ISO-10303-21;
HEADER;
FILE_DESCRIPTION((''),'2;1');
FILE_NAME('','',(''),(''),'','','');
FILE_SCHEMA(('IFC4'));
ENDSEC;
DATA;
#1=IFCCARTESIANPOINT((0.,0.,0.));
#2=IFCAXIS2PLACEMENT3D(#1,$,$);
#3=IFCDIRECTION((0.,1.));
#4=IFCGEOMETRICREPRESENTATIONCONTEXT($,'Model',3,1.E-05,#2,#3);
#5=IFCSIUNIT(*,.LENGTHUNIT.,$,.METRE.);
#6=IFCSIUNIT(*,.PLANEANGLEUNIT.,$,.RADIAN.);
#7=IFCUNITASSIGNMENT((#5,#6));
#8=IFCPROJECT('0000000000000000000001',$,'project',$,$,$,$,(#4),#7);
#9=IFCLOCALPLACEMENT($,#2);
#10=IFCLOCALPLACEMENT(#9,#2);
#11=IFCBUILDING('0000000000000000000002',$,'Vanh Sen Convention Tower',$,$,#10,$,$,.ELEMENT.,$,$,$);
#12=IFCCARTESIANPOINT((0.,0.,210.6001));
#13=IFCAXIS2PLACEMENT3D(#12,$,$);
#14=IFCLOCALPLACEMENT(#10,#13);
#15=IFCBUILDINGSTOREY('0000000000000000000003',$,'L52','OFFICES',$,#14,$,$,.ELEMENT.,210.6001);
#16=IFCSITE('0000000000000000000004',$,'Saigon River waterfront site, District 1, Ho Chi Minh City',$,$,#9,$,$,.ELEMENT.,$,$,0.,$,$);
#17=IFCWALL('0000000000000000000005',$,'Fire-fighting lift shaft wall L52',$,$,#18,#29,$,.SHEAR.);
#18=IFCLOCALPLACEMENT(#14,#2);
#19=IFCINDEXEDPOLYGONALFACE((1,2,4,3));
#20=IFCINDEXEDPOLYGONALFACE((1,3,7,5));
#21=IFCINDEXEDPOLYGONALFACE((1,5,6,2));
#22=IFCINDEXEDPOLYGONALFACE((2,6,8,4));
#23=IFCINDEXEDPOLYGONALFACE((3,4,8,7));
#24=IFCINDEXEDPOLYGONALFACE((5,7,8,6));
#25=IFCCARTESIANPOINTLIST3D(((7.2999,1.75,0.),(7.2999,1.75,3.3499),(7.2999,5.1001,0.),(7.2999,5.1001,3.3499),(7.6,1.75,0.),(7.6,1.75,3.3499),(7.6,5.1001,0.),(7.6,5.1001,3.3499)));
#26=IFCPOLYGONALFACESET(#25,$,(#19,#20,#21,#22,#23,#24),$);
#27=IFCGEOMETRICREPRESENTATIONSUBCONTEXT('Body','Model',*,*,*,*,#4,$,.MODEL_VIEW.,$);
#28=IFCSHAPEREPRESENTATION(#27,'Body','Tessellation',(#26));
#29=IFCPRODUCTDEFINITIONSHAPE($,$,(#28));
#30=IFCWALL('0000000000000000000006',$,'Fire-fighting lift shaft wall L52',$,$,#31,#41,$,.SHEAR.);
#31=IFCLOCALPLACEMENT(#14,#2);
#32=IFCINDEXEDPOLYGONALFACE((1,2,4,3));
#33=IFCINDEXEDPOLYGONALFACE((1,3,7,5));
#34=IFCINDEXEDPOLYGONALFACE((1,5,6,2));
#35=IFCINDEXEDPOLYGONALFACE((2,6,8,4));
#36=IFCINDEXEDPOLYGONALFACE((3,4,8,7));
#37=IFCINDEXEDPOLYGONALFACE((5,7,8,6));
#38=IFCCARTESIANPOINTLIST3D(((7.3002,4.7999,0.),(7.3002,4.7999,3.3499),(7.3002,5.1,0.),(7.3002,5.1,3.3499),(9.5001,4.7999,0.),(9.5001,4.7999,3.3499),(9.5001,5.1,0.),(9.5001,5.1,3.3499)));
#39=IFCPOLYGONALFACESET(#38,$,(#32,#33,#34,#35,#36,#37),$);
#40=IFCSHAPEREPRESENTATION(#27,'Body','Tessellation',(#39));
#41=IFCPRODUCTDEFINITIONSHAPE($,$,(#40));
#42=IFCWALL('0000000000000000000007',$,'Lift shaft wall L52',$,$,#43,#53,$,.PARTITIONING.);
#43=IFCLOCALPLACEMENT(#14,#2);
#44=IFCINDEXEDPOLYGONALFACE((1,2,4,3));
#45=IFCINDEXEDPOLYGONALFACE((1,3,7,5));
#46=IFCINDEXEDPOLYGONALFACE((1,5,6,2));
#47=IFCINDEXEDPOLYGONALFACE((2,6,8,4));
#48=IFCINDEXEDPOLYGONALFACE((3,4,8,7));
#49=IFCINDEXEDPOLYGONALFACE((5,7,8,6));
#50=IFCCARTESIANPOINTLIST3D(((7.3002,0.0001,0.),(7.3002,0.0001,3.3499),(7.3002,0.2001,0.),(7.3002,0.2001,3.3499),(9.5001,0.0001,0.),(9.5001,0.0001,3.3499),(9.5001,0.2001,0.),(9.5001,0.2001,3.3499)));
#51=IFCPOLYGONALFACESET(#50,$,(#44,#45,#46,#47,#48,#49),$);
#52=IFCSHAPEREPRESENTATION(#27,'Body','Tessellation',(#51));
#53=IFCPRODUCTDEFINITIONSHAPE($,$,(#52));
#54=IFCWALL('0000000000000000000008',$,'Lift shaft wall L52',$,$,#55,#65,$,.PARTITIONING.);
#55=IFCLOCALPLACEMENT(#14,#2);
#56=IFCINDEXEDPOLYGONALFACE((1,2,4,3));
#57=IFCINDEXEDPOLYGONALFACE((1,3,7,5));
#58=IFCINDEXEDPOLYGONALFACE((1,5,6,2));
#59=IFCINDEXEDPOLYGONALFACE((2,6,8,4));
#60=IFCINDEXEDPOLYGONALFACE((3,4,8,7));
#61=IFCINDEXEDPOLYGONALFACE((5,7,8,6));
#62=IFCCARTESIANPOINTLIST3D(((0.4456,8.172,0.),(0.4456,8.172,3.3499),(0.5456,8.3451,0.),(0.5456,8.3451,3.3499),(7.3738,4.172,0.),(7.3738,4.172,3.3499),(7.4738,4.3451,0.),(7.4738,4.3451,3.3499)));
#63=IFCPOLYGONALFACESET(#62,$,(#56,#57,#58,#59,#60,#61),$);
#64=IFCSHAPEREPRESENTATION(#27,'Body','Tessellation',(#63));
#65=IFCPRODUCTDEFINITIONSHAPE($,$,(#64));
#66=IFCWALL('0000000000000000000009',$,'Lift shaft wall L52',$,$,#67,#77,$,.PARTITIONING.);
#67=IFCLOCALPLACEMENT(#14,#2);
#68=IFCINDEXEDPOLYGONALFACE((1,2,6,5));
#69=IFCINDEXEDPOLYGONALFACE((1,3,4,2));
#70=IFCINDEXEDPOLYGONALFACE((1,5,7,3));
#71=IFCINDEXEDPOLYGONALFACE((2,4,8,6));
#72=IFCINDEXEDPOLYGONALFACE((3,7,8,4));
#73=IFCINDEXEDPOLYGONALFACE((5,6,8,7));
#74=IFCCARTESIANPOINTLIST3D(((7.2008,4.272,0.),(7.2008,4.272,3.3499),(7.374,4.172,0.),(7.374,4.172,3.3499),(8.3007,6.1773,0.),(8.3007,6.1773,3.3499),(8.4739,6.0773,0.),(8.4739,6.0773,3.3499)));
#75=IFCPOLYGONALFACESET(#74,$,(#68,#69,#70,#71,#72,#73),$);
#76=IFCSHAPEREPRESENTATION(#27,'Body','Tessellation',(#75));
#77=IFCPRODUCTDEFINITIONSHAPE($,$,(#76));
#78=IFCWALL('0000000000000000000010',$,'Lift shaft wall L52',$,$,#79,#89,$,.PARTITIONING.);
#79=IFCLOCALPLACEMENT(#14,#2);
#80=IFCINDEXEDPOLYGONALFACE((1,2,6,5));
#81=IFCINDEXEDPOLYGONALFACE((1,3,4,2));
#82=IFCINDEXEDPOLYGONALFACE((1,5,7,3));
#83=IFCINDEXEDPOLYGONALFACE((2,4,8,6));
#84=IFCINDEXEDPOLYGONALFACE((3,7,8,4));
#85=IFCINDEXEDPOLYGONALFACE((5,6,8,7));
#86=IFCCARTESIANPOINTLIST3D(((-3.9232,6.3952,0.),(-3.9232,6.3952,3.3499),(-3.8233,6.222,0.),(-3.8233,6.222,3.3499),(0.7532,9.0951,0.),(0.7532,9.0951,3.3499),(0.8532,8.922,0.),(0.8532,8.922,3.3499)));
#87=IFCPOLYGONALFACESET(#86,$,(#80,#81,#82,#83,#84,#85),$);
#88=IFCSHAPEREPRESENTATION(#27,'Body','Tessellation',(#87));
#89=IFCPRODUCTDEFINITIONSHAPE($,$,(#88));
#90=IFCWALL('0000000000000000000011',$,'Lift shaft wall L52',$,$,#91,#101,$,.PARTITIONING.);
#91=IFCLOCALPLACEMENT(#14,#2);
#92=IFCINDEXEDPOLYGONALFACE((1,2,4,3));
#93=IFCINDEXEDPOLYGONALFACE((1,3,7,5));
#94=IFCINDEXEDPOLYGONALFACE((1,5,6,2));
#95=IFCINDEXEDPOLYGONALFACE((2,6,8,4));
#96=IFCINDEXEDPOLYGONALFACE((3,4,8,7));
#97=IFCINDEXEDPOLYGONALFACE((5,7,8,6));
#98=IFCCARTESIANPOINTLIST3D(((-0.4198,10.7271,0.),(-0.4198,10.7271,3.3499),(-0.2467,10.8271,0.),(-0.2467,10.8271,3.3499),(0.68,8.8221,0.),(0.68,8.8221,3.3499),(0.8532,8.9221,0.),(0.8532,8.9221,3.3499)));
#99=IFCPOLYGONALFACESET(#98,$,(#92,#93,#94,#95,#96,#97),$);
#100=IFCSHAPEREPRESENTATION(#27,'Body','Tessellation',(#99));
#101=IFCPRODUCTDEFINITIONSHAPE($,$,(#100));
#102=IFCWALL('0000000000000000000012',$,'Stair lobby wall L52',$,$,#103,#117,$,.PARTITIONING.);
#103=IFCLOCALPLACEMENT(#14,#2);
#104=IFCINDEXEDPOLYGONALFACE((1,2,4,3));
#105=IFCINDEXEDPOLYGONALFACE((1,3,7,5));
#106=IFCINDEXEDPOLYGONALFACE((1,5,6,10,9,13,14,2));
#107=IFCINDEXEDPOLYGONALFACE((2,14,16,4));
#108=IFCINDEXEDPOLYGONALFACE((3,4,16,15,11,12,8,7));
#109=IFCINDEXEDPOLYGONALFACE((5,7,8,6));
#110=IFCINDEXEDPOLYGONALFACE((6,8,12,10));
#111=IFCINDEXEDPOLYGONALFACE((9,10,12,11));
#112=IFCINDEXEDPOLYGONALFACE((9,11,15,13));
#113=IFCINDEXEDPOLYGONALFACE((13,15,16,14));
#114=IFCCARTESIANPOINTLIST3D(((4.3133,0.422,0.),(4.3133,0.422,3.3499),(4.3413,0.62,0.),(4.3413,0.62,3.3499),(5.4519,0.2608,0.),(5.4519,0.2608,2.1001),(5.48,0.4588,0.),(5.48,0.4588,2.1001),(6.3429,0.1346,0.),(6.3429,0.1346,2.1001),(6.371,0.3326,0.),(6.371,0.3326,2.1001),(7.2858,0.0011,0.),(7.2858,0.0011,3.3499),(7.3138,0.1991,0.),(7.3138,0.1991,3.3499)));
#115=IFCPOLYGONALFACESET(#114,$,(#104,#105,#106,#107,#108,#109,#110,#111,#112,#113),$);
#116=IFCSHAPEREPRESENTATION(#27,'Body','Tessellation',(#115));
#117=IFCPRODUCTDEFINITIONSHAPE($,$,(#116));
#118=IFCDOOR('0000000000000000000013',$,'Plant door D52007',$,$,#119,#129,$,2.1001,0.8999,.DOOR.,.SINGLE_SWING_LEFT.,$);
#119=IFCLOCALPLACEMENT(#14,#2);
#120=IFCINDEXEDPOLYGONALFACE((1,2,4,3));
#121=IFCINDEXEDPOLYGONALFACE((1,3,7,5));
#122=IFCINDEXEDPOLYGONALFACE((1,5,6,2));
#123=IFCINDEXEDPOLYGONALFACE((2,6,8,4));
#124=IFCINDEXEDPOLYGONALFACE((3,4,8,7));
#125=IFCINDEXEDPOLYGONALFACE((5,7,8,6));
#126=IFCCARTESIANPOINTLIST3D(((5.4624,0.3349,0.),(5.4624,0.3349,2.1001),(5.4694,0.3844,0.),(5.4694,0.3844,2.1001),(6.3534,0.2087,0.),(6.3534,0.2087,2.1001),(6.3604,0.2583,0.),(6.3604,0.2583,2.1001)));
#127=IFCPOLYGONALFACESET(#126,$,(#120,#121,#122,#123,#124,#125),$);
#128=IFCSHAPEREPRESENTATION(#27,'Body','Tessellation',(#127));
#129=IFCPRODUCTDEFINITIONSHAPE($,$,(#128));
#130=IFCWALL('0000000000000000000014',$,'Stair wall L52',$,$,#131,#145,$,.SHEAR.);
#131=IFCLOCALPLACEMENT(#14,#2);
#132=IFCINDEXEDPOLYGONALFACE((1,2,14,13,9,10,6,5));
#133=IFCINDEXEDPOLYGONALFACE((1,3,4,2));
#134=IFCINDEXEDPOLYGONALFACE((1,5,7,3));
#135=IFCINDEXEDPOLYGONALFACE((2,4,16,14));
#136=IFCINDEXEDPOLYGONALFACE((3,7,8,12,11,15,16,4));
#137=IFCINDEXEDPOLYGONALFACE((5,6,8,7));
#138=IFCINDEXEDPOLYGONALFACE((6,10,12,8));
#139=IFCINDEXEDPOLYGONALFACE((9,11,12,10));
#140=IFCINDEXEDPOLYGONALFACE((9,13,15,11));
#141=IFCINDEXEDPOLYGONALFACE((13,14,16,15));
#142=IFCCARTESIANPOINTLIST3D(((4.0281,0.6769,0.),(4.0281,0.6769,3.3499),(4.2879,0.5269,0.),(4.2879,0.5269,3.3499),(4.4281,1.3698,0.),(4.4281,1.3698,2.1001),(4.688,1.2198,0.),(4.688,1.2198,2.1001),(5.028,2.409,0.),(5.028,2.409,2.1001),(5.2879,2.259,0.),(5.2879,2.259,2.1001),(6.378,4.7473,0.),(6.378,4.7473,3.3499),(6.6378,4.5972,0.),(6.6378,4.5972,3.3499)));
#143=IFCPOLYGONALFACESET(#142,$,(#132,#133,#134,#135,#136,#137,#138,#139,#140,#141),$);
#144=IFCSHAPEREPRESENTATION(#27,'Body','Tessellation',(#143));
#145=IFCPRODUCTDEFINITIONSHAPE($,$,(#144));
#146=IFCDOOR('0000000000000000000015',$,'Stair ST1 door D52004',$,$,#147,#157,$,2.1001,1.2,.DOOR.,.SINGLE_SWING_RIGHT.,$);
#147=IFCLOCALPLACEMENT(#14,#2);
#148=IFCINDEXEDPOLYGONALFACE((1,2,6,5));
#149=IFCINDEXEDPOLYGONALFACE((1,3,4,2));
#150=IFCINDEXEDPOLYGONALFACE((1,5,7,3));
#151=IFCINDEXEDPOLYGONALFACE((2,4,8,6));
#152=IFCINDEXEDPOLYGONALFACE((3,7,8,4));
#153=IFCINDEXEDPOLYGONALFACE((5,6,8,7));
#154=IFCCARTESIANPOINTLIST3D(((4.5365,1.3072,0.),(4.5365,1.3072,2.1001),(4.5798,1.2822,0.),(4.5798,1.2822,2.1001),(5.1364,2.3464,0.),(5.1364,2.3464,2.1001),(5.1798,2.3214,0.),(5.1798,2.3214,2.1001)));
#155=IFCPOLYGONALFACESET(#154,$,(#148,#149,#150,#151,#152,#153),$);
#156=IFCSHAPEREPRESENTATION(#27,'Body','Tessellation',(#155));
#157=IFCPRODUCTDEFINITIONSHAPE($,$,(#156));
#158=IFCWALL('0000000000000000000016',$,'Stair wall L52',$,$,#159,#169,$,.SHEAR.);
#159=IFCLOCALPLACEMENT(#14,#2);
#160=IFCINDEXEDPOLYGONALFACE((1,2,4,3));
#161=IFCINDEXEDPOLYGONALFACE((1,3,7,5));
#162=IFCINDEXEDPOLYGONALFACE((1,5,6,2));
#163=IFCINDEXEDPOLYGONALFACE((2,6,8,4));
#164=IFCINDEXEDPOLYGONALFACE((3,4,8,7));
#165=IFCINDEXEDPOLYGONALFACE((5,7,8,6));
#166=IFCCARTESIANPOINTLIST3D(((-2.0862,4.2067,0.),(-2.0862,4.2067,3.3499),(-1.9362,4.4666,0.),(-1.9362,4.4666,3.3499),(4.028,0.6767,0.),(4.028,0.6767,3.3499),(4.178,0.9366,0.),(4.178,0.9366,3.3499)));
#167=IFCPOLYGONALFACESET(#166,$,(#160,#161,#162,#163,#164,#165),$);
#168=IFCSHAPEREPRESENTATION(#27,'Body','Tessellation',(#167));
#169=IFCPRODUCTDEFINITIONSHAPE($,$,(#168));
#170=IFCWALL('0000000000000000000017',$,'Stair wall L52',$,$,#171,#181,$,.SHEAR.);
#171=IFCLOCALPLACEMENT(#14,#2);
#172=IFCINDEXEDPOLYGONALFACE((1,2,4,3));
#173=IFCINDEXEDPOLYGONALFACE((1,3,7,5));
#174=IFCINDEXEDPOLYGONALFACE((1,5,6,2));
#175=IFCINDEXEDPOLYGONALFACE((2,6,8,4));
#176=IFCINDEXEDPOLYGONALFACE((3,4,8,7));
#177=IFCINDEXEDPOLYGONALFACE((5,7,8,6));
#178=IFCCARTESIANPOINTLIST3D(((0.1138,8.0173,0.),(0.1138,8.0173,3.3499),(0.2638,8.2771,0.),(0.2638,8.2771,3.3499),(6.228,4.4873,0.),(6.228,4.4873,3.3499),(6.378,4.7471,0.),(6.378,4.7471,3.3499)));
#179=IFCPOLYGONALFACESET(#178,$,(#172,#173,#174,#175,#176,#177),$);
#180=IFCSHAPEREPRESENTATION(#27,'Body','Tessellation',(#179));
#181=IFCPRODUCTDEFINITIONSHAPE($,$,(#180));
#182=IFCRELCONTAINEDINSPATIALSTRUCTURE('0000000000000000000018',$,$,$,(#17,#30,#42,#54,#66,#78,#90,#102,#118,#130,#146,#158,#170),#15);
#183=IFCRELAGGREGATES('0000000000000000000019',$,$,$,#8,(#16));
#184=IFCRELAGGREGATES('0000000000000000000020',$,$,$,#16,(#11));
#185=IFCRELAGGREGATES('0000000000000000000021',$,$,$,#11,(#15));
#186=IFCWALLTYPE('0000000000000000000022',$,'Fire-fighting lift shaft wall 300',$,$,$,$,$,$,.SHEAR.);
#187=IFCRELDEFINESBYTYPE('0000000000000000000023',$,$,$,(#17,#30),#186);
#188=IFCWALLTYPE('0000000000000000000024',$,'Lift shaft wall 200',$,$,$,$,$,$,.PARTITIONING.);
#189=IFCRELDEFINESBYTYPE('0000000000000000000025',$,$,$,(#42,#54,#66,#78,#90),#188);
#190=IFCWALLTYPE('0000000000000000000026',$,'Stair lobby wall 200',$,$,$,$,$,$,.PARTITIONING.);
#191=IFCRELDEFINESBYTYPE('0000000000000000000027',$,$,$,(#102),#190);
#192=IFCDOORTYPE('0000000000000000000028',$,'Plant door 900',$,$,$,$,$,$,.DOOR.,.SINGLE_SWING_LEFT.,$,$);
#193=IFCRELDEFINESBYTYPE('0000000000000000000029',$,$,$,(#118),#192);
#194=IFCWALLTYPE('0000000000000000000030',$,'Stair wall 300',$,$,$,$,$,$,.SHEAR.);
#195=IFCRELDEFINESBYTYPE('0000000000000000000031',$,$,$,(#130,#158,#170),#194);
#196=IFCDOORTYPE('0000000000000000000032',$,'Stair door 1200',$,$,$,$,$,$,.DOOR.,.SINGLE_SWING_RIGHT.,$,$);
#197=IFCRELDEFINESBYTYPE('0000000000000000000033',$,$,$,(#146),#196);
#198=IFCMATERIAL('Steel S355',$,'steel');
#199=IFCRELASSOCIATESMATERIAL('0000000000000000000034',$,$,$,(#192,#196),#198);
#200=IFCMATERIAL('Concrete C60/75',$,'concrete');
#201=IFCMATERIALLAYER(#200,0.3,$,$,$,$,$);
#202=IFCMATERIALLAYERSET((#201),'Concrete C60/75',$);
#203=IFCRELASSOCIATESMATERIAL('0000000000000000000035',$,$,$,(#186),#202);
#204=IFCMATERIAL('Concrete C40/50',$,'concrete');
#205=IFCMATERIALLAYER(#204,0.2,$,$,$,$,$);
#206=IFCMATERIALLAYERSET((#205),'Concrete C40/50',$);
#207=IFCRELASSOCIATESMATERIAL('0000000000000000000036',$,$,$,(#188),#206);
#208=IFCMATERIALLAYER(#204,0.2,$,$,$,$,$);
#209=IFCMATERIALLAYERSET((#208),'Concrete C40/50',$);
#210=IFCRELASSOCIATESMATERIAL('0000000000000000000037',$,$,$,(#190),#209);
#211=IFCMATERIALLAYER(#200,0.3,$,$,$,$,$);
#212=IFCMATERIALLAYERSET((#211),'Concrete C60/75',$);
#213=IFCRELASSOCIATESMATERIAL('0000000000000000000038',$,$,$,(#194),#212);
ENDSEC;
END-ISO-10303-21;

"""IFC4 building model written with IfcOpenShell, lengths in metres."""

from ifc_helpers import new_model, si_unit, direction, frame, frame_2d, origin, place, context, subcontext, project, spatial, rectangle, extrude, material, layer, layer_set, type_object, element, fill, save


model = new_model("IFC4")

# Units and contexts
model_context = context("Model", 3, precision=1e-05, world=origin(), true_north=direction((0.0, 1.0)))
body_context = subcontext(model_context, "Body", "Model", "MODEL_VIEW")
ifc_project = project(units=[si_unit("LENGTHUNIT", "METRE"), si_unit("PLANEANGLEUNIT", "RADIAN")], contexts=[model_context])

# Site, building, storey
site_placement = place(None, origin())
site = spatial("IfcSite", under=ifc_project, at=site_placement, Name="Saigon River waterfront site, District 1, Ho Chi Minh City", CompositionType="ELEMENT", RefElevation=0.0)
building_placement = place(site_placement, origin())
building = spatial("IfcBuilding", under=site, at=building_placement, Name="Vanh Sen Convention Tower", CompositionType="ELEMENT")
storey_placement = place(building_placement, frame((0.0, 0.0, 210.6001)))
storey = spatial("IfcBuildingStorey", under=building, at=storey_placement, Name="L52", Description="OFFICES", CompositionType="ELEMENT", Elevation=210.6001)

# Shared definitions
ifc_material_1 = material(Name="Concrete C60/75", Category="concrete")
ifc_material_2 = material(Name="Steel S355", Category="steel")
door_type_1 = type_object("IfcDoorType", Name="Plant door 900", OperationType="SINGLE_SWING_LEFT", PredefinedType="DOOR", material=ifc_material_2)

# Shared definitions
ifc_layer_1 = layer(ifc_material_1, 0.3)
ifc_layer_set_1 = layer_set([ifc_layer_1], Name="Concrete C60/75")
wall_type_1 = type_object("IfcWallType", Name="Fire-fighting lift shaft wall 300", PredefinedType="SHEAR", material=ifc_layer_set_1)

# Walls
wall_1_placement = place(storey_placement, frame((7.45, 1.75, 0.0), z_axis=(0.0, 0.0, 1.0), x_axis=(0.0, 1.0, 0.0)))
element("IfcWall", 1, at=wall_1_placement, inside=storey, type_object=wall_type_1, Name="Fire-fighting lift shaft wall L52", PredefinedType="SHEAR", context=body_context, shape_type="SweptSolid", body=[
    extrude(rectangle(XDim=3.3501, YDim=0.3, at=frame_2d((1.675, 0.0))), origin(), (0.0, 0.0, 1.0), 3.3499),
])
wall_2_placement = place(storey_placement, frame((7.3, 4.95, 0.0), z_axis=(0.0, 0.0, 1.0), x_axis=(1.0, 0.0, 0.0)))
element("IfcWall", 2, at=wall_2_placement, inside=storey, type_object=wall_type_1, Name="Fire-fighting lift shaft wall L52", PredefinedType="SHEAR", context=body_context, shape_type="SweptSolid", body=[
    extrude(rectangle(XDim=2.2, YDim=0.3, at=frame_2d((1.1001, 0.0))), origin(), (0.0, 0.0, 1.0), 3.3499),
])
ifc_material_3 = material(Name="Concrete C40/50", Category="concrete")
ifc_layer_2 = layer(ifc_material_3, 0.2)
ifc_layer_set_2 = layer_set([ifc_layer_2], Name="Concrete C40/50")
wall_type_2 = type_object("IfcWallType", Name="Lift shaft wall 200", PredefinedType="PARTITIONING", material=ifc_layer_set_2)
wall_3_placement = place(storey_placement, frame((7.3, 0.1001, 0.0), z_axis=(0.0, 0.0, 1.0), x_axis=(1.0, 0.0, 0.0)))
element("IfcWall", 3, at=wall_3_placement, inside=storey, type_object=wall_type_2, Name="Lift shaft wall L52", PredefinedType="PARTITIONING", context=body_context, shape_type="SweptSolid", body=[
    extrude(rectangle(XDim=2.2, YDim=0.2, at=frame_2d((1.1001, 0.0))), origin(), (0.0, 0.0, 1.0), 3.3499),
])
wall_4_placement = place(storey_placement, frame((7.4238, 4.2585, 0.0), z_axis=(0.0, 0.0, 1.0), x_axis=(-0.866026, 0.499999, 0.0)))
element("IfcWall", 4, at=wall_4_placement, inside=storey, type_object=wall_type_2, Name="Lift shaft wall L52", PredefinedType="PARTITIONING", context=body_context, shape_type="SweptSolid", body=[
    extrude(rectangle(XDim=8.0, YDim=0.2, at=frame_2d((4.0, 0.0))), origin(), (0.0, 0.0, 1.0), 3.3499),
])
wall_5_placement = place(storey_placement, frame((7.2874, 4.2219, 0.0), z_axis=(0.0, 0.0, 1.0), x_axis=(0.499947, 0.866056, 0.0)))
element("IfcWall", 5, at=wall_5_placement, inside=storey, type_object=wall_type_2, Name="Lift shaft wall L52", PredefinedType="PARTITIONING", context=body_context, shape_type="SweptSolid", body=[
    extrude(rectangle(XDim=2.2, YDim=0.2, at=frame_2d((1.1001, 0.0))), origin(), (0.0, 0.0, 1.0), 3.3499),
])
wall_6_placement = place(storey_placement, frame((0.8032, 9.0085, 0.0), z_axis=(0.0, 0.0, 1.0), x_axis=(-0.866028, -0.499995, 0.0)))
element("IfcWall", 6, at=wall_6_placement, inside=storey, type_object=wall_type_2, Name="Lift shaft wall L52", PredefinedType="PARTITIONING", context=body_context, shape_type="SweptSolid", body=[
    extrude(rectangle(XDim=5.3999, YDim=0.2, at=frame_2d((2.7, 0.0))), origin(), (0.0, 0.0, 1.0), 3.3499),
])
wall_7_placement = place(storey_placement, frame((0.7666, 8.8721, 0.0), z_axis=(0.0, 0.0, 1.0), x_axis=(-0.499995, 0.866028, 0.0)))
element("IfcWall", 7, at=wall_7_placement, inside=storey, type_object=wall_type_2, Name="Lift shaft wall L52", PredefinedType="PARTITIONING", context=body_context, shape_type="SweptSolid", body=[
    extrude(rectangle(XDim=2.1997, YDim=0.2, at=frame_2d((1.0999, 0.0))), origin(), (0.0, 0.0, 1.0), 3.3499),
])

# Walls, openings, doors
ifc_layer_3 = layer(ifc_material_3, 0.2)
ifc_layer_set_3 = layer_set([ifc_layer_3], Name="Concrete C40/50")
wall_type_3 = type_object("IfcWallType", Name="Stair lobby wall 200", PredefinedType="PARTITIONING", material=ifc_layer_set_3)
wall_8_placement = place(storey_placement, frame((4.3274, 0.521, 0.0), z_axis=(0.0, 0.0, 1.0), x_axis=(0.990124, -0.140192, 0.0)))
wall_8 = element("IfcWall", 8, at=wall_8_placement, inside=storey, type_object=wall_type_3, Name="Stair lobby wall L52", PredefinedType="PARTITIONING", context=body_context, shape_type="SweptSolid", body=[
    extrude(rectangle(XDim=3.0022, YDim=0.2, at=frame_2d((1.501, 0.0))), origin(), (0.0, 0.0, 1.0), 3.3499),
])
opening_1_placement = place(wall_8_placement, frame((1.1499, 0.0, 0.0)))
opening_1 = element("IfcOpeningElement", 9, at=opening_1_placement, cuts=wall_8, PredefinedType="OPENING", context=body_context, shape_type="SweptSolid", body=[
    extrude(rectangle(XDim=0.8999, YDim=2.1001, at=frame_2d((0.45, 1.05))), frame((0.0, 0.1099, 0.0), z_axis=(0.0, -1.0, 0.0), x_axis=(1.0, 0.0, 0.0)), (0.0, 0.0, 1.0), 0.22),
])
door_1_placement = place(opening_1_placement, origin())
door_1 = element("IfcDoor", 10, at=door_1_placement, inside=storey, type_object=door_type_1, Name="Plant door D52007", OperationType="SINGLE_SWING_LEFT", OverallHeight=2.1001, OverallWidth=0.8999, PredefinedType="DOOR", context=body_context, shape_type="SweptSolid", body=[
    extrude(rectangle(XDim=0.8999, YDim=2.1001, at=frame_2d((0.45, 1.05))), frame((0.0, 0.0249, 0.0), z_axis=(0.0, -1.0, 0.0), x_axis=(1.0, 0.0, 0.0)), (0.0, 0.0, 1.0), 0.05),
])
fill(opening_1, door_1)
ifc_layer_4 = layer(ifc_material_1, 0.3)
ifc_layer_set_4 = layer_set([ifc_layer_4], Name="Concrete C60/75")
wall_type_4 = type_object("IfcWallType", Name="Stair wall 300", PredefinedType="SHEAR", material=ifc_layer_set_4)
wall_9_placement = place(storey_placement, frame((4.158, 0.6018, 0.0), z_axis=(0.0, 0.0, 1.0), x_axis=(0.499977, 0.866039, 0.0)))
wall_9 = element("IfcWall", 11, at=wall_9_placement, inside=storey, type_object=wall_type_4, Name="Stair wall L52", PredefinedType="SHEAR", context=body_context, shape_type="SweptSolid", body=[
    extrude(rectangle(XDim=4.7, YDim=0.3, at=frame_2d((2.3501, 0.0))), origin(), (0.0, 0.0, 1.0), 3.3499),
])
opening_2_placement = place(wall_9_placement, frame((0.8, 0.0, 0.0)))
opening_2 = element("IfcOpeningElement", 12, at=opening_2_placement, cuts=wall_9, PredefinedType="OPENING", context=body_context, shape_type="SweptSolid", body=[
    extrude(rectangle(XDim=1.2, YDim=2.1001, at=frame_2d((0.6001, 1.05))), frame((0.0, 0.1599, 0.0), z_axis=(0.0, -1.0, 0.0), x_axis=(1.0, 0.0, 0.0)), (0.0, 0.0, 1.0), 0.3201),
])
door_type_2 = type_object("IfcDoorType", Name="Stair door 1200", OperationType="SINGLE_SWING_RIGHT", PredefinedType="DOOR", material=ifc_material_2)
door_2_placement = place(opening_2_placement, origin())
door_2 = element("IfcDoor", 13, at=door_2_placement, inside=storey, type_object=door_type_2, Name="Stair ST1 door D52004", OperationType="SINGLE_SWING_RIGHT", OverallHeight=2.1001, OverallWidth=1.2, PredefinedType="DOOR", context=body_context, shape_type="SweptSolid", body=[
    extrude(rectangle(XDim=1.2, YDim=2.1001, at=frame_2d((0.6001, 1.05))), frame((0.0, 0.0249, 0.0), z_axis=(0.0, -1.0, 0.0), x_axis=(1.0, 0.0, 0.0)), (0.0, 0.0, 1.0), 0.05),
])
fill(opening_2, door_2)

# Walls
for number, where, z_axis, x_axis, name in (
    (14, (4.103, 0.8066, 0.0), (0.0, 0.0, 1.0), (-0.866028, 0.499996, 0.0), "Stair wall L52"),
    (15, (6.303, 4.6172, 0.0), (0.0, 0.0, 1.0), (-0.866028, 0.499996, 0.0), "Stair wall L52"),
):
    element("IfcWall", number, at=place(storey_placement, frame(where, z_axis=z_axis, x_axis=x_axis)), inside=storey, type_object=wall_type_4, Name=name, PredefinedType="SHEAR", context=body_context, shape_type="SweptSolid", body=[
        extrude(rectangle(XDim=7.0601, YDim=0.3, at=frame_2d((3.53, 0.0))), origin(), (0.0, 0.0, 1.0), 3.3499),
    ])

save(model, "model.ifc")
